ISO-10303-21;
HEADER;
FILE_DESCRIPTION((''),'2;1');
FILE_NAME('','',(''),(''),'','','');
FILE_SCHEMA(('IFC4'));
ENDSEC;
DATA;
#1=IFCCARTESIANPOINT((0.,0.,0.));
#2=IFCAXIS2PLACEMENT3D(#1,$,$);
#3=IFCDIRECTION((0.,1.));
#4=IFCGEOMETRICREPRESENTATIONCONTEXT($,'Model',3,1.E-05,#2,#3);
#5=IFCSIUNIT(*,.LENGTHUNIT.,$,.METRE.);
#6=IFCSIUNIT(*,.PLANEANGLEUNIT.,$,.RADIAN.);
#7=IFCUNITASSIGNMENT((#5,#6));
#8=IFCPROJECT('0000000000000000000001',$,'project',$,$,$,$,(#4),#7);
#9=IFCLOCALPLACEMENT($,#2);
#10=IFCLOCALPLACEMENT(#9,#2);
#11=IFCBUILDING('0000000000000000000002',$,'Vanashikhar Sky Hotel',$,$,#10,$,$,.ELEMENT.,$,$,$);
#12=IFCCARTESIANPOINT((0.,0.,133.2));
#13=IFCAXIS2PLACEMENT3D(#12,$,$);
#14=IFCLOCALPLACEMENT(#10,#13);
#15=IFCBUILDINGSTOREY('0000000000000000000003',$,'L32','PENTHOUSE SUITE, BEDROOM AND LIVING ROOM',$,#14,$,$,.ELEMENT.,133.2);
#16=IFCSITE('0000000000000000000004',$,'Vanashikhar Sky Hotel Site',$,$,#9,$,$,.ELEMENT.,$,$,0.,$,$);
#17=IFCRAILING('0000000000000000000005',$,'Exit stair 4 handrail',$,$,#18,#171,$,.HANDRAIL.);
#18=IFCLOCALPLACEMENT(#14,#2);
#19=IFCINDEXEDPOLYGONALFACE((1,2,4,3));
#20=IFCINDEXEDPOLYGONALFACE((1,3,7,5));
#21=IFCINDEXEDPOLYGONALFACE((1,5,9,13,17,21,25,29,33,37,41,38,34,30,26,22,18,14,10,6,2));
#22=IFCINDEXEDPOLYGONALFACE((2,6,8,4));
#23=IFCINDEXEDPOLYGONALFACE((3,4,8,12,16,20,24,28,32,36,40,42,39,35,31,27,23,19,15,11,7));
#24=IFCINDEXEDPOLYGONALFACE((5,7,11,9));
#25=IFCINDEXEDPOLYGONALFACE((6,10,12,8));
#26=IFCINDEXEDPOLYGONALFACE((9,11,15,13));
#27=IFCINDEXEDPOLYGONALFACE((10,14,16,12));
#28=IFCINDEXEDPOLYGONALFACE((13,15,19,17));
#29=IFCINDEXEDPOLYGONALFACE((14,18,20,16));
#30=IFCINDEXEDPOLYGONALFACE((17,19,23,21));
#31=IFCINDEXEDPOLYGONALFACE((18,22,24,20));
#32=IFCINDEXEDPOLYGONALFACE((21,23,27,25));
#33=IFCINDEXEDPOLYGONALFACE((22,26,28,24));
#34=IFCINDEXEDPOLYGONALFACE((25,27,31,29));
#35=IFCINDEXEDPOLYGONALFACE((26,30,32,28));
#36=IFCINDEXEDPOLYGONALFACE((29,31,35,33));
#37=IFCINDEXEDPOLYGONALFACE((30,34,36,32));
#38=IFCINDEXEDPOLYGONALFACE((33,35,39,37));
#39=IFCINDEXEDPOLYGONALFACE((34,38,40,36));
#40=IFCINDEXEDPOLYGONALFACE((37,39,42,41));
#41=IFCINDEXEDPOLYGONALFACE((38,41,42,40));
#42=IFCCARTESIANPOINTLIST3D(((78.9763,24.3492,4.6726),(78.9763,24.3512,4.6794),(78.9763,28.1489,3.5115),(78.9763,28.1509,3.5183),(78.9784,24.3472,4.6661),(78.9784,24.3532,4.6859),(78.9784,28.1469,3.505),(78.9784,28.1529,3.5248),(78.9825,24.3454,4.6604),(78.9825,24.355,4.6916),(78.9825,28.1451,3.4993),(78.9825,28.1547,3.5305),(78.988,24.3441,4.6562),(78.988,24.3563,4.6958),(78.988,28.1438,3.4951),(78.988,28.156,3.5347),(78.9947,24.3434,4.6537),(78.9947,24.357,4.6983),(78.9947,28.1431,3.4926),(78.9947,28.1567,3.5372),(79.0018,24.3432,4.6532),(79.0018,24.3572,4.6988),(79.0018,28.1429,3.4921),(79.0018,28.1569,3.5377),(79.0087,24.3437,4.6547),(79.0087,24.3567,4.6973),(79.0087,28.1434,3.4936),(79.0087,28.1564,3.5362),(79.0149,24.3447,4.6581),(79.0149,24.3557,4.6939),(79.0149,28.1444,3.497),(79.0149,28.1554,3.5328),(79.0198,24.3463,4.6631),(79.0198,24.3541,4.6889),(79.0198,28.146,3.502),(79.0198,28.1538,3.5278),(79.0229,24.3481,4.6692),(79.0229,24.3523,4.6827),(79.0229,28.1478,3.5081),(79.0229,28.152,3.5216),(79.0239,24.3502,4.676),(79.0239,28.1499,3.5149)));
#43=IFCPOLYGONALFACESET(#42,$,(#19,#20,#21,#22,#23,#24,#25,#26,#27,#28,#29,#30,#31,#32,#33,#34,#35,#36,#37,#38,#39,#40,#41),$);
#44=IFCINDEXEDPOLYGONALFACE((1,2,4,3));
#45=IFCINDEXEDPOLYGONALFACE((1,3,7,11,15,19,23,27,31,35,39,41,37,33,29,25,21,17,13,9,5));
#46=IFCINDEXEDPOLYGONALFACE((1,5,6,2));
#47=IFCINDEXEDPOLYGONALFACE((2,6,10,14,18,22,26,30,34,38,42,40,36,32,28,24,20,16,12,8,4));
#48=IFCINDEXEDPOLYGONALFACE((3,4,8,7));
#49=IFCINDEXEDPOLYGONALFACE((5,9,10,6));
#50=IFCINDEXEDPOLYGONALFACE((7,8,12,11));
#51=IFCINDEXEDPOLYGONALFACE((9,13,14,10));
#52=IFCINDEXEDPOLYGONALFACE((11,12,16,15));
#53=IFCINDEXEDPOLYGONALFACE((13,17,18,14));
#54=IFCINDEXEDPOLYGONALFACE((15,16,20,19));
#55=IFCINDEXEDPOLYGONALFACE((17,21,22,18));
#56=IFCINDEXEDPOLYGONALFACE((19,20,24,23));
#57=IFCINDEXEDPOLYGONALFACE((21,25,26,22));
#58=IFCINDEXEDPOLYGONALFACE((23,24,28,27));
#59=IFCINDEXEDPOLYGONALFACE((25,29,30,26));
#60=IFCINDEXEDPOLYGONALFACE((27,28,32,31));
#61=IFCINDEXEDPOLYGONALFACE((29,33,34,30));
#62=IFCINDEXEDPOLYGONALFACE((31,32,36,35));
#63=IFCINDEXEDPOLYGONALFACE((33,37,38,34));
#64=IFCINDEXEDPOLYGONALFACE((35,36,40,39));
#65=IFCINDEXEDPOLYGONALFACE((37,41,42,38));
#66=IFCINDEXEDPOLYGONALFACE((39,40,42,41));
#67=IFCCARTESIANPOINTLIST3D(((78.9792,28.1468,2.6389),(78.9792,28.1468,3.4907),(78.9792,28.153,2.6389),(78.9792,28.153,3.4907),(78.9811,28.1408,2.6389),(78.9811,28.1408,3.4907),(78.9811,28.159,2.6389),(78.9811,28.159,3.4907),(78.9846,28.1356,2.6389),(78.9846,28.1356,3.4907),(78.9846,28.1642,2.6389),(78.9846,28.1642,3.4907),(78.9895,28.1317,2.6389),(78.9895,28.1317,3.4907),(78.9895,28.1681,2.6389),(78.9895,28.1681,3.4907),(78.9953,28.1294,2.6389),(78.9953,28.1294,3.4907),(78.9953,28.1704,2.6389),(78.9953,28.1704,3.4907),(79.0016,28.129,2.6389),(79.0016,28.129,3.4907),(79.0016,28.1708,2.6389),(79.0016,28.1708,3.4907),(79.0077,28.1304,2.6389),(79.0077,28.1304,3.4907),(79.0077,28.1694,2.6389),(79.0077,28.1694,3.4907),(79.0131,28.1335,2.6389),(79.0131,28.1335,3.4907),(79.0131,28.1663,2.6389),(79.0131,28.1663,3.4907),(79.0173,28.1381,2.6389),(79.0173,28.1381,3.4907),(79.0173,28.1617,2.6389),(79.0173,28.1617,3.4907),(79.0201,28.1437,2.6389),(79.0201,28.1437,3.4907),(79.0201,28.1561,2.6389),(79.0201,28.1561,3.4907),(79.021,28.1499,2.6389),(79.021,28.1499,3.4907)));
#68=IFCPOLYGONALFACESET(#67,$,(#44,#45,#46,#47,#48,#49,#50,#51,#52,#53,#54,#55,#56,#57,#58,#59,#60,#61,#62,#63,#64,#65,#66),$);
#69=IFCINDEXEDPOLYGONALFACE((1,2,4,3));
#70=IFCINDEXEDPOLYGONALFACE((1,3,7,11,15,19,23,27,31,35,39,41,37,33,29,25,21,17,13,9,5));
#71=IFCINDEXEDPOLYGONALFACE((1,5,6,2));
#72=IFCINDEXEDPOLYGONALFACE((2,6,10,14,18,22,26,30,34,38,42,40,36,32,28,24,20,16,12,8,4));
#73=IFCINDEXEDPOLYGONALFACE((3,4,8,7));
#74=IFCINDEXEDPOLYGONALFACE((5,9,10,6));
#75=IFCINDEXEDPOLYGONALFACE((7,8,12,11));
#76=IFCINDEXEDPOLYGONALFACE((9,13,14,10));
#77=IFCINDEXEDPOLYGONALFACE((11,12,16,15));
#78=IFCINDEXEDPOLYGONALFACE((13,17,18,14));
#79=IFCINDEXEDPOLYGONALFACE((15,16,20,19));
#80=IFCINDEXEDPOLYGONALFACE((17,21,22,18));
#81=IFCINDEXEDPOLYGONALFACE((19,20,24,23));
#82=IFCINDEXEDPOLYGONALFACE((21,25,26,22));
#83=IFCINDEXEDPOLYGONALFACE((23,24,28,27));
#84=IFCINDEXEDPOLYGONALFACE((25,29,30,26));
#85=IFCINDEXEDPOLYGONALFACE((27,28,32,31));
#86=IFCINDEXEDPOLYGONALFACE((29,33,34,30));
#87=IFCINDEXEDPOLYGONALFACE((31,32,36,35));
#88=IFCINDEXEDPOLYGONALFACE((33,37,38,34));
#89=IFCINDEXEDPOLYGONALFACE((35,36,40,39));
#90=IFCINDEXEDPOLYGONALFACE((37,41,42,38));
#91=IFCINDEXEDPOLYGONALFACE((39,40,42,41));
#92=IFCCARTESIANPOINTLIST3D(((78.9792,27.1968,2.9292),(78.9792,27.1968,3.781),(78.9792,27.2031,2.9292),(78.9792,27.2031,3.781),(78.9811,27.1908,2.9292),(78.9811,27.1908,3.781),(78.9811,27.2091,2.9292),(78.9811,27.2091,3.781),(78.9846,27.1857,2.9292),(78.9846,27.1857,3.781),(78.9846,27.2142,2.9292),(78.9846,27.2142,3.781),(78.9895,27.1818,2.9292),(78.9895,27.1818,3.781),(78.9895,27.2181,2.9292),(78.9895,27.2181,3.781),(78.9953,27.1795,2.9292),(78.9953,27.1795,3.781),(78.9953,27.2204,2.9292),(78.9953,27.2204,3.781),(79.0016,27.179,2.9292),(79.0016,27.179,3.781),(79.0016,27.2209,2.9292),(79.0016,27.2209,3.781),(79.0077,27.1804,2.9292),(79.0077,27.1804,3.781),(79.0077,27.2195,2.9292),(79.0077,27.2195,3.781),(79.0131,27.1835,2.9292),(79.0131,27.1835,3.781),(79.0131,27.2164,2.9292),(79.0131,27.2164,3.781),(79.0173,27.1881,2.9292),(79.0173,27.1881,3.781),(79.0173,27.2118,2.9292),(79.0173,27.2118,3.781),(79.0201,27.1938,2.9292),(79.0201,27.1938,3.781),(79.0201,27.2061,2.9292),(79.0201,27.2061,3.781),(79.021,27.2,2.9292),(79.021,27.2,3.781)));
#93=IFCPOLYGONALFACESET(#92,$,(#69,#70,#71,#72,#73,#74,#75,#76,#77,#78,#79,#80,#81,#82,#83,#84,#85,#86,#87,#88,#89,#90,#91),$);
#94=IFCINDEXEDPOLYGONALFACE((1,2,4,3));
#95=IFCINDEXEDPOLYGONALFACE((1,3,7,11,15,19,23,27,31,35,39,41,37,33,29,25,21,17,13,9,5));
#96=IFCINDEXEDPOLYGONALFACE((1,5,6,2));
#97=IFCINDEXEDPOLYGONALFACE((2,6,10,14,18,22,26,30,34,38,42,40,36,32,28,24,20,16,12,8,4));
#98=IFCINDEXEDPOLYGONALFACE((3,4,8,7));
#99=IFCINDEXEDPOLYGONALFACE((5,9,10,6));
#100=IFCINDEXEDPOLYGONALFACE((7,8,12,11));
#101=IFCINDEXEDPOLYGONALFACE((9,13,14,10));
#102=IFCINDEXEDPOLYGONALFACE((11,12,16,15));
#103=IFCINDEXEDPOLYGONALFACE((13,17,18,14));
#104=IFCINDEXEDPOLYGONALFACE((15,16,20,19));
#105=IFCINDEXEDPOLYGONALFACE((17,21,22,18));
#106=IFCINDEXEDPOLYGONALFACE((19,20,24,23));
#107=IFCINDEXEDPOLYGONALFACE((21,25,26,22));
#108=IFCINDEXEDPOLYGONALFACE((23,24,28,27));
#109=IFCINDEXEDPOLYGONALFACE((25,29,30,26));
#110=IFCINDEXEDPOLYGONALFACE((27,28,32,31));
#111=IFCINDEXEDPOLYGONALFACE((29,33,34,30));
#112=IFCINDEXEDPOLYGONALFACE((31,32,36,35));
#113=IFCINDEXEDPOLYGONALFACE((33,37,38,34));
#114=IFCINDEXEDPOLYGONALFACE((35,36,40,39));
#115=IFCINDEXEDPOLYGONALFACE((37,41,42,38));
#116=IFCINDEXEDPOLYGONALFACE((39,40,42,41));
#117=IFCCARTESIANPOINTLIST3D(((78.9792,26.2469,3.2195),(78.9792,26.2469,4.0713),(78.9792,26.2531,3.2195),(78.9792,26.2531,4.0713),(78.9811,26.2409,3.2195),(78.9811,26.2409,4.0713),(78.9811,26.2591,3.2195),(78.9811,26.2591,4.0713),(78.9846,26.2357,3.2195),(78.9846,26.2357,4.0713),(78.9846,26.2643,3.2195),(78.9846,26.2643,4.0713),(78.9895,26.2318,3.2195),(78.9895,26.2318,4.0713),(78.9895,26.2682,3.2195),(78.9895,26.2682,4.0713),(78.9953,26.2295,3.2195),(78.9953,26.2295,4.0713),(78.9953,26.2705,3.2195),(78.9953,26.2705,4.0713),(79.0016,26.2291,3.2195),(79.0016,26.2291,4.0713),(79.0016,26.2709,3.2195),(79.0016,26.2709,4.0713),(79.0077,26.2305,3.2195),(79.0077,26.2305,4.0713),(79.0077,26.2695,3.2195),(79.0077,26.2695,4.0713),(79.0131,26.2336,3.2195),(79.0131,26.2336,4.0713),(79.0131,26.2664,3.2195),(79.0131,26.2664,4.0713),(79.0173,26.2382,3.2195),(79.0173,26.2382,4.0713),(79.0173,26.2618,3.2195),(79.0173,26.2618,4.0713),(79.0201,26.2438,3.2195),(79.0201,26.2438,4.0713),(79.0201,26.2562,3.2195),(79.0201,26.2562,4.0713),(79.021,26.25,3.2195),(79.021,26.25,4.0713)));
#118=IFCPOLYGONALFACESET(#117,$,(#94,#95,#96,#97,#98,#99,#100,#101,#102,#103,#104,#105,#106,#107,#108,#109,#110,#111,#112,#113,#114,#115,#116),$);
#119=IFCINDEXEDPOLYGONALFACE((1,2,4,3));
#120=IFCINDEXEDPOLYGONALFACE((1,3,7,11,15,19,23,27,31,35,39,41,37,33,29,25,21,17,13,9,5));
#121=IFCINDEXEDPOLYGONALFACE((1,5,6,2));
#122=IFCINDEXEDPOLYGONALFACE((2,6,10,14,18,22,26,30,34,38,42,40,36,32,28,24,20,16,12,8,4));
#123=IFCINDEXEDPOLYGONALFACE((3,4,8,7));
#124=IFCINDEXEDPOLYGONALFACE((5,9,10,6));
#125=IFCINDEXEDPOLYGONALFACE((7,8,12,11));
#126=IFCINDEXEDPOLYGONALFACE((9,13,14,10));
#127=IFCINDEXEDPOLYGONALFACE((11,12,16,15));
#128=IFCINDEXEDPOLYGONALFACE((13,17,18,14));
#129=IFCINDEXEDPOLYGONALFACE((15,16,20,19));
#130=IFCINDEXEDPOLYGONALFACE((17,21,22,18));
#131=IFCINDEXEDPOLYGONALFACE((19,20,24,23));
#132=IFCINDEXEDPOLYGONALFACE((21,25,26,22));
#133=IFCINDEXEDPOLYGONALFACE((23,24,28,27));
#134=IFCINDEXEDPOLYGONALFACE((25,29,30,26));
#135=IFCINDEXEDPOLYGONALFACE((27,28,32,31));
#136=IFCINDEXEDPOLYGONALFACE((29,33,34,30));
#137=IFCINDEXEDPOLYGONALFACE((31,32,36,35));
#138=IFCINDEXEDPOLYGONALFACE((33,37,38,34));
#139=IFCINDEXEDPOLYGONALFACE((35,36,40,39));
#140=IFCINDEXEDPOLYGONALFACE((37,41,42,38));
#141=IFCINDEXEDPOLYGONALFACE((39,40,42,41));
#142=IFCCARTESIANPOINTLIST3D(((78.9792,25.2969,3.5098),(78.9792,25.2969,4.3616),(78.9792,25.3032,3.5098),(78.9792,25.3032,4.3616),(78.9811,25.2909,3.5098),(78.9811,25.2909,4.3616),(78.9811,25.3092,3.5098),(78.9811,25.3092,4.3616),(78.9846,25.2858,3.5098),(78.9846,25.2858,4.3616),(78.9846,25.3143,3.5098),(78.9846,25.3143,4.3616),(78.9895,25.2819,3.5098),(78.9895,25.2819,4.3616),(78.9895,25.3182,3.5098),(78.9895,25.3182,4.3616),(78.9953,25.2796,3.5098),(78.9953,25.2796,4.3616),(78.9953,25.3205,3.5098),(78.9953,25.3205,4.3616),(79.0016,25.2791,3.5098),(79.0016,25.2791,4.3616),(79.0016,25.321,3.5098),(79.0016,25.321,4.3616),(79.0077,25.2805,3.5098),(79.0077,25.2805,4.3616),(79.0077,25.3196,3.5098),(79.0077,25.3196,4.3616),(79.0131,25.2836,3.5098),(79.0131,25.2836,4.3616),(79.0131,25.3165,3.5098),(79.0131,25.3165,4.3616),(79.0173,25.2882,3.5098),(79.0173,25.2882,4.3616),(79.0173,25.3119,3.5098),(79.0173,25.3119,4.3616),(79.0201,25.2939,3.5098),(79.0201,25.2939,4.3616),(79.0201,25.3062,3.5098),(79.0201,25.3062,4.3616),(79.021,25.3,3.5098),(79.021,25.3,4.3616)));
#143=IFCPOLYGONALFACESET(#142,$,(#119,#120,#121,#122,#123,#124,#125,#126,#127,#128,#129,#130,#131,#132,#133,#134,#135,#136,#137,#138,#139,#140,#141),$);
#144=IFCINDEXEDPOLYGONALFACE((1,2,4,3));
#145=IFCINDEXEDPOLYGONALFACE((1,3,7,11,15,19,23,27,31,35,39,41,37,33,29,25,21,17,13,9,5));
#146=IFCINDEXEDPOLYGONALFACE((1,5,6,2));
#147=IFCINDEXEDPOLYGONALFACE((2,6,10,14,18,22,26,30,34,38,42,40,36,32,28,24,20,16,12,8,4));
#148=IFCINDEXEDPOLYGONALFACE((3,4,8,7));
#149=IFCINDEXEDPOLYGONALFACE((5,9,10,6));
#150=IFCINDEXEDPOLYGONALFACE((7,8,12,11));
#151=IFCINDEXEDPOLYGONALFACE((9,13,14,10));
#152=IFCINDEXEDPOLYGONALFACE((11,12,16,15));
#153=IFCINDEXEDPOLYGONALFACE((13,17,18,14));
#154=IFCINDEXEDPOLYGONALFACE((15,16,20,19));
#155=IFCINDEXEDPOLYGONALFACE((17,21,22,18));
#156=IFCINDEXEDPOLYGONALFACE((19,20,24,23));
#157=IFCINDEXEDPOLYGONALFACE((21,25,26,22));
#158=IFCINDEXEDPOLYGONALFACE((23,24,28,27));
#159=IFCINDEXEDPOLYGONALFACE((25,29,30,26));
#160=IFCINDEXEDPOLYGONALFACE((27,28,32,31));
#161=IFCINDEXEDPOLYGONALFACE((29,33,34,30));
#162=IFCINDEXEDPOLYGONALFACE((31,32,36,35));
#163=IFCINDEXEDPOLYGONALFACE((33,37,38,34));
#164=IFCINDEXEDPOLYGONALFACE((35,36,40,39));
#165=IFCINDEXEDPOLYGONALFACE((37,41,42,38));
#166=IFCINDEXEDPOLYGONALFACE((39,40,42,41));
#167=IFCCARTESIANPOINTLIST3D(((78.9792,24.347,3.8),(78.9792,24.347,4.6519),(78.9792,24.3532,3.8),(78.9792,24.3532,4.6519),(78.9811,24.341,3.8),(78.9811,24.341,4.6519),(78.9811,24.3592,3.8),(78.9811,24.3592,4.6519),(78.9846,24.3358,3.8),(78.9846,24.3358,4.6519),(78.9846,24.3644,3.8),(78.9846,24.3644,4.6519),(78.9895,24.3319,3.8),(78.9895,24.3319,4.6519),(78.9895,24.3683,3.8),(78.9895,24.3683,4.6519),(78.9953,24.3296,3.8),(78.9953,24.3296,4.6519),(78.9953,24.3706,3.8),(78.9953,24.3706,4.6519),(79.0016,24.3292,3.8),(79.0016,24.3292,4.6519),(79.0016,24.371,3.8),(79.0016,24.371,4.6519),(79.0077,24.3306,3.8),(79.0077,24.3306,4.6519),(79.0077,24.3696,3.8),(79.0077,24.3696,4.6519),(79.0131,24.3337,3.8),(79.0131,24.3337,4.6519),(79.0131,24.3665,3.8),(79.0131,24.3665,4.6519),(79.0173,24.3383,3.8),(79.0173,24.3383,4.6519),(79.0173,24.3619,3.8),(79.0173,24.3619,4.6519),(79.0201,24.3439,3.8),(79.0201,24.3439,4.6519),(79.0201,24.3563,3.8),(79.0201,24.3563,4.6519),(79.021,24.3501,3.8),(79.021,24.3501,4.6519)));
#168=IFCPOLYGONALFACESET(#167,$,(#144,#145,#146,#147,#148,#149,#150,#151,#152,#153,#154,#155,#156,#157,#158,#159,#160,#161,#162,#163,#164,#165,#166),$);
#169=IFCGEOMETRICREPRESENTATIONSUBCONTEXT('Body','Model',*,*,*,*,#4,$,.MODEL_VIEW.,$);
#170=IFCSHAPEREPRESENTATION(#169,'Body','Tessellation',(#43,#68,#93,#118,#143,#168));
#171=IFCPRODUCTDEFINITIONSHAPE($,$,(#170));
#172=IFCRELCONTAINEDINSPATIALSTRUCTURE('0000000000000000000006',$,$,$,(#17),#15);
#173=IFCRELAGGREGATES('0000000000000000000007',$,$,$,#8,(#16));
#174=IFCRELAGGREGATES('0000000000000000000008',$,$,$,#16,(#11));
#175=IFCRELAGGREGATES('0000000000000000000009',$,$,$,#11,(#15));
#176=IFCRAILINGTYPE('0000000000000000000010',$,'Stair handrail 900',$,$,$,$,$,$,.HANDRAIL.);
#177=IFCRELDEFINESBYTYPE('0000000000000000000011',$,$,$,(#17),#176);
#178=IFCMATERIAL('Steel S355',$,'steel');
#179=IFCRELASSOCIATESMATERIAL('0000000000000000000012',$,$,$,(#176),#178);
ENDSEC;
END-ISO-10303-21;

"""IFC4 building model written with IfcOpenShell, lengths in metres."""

from ifc_helpers import new_model, si_unit, direction, frame, origin, origin_2d, place, context, subcontext, project, spatial, circle, extrude, source, transform, mapped, material, type_object, element, save


model = new_model("IFC4")

# Units and contexts
model_context = context("Model", 3, precision=1e-05, world=origin(), true_north=direction((0.0, 1.0)))
body_context = subcontext(model_context, "Body", "Model", "MODEL_VIEW")
ifc_project = project(units=[si_unit("LENGTHUNIT", "METRE"), si_unit("PLANEANGLEUNIT", "RADIAN")], contexts=[model_context])

# Site, building, storey
site_placement = place(None, origin())
site = spatial("IfcSite", under=ifc_project, at=site_placement, Name="Vanashikhar Sky Hotel Site", CompositionType="ELEMENT", RefElevation=0.0)
building_placement = place(site_placement, origin())
building = spatial("IfcBuilding", under=site, at=building_placement, Name="Vanashikhar Sky Hotel", CompositionType="ELEMENT")
storey_placement = place(building_placement, frame((0.0, 0.0, 133.2)))
storey = spatial("IfcBuildingStorey", under=building, at=storey_placement, Name="L32", Description="PENTHOUSE SUITE, BEDROOM AND LIVING ROOM", CompositionType="ELEMENT", Elevation=133.2)

# Railing
ifc_material_1 = material(Name="Steel S355", Category="steel")
railing_type_1 = type_object("IfcRailingType", Name="Stair handrail 900", PredefinedType="HANDRAIL", material=ifc_material_1)
shared_shape_1 = source(origin(), body_context, "Body", "SweptSolid", [
    extrude(circle(Radius=0.0239, at=origin_2d()), frame((0.0, 0.0, 0.876), z_axis=(0.0, -0.956346, 0.292237), x_axis=(1.0, 0.0, 0.0)), (0.0, 0.0, 1.0), 3.9731),
    extrude(circle(Radius=0.021, at=origin_2d()), origin(), (0.0, 0.0, 1.0), 0.8518),
    extrude(circle(Radius=0.021, at=origin_2d()), frame((0.0, -0.95, 0.2903)), (0.0, 0.0, 1.0), 0.8518),
    extrude(circle(Radius=0.021, at=origin_2d()), frame((0.0, -1.8999, 0.5806)), (0.0, 0.0, 1.0), 0.8518),
    extrude(circle(Radius=0.021, at=origin_2d()), frame((0.0, -2.8499, 0.8708)), (0.0, 0.0, 1.0), 0.8518),
    extrude(circle(Radius=0.021, at=origin_2d()), frame((0.0, -3.7998, 1.1611)), (0.0, 0.0, 1.0), 0.8518),
])
railing_1_placement = place(storey_placement, frame((79.0, 28.1499, 2.6389)))
element("IfcRailing", 1, at=railing_1_placement, inside=storey, type_object=railing_type_1, Name="Exit stair 4 handrail", PredefinedType="HANDRAIL", context=body_context, shape_type="MappedRepresentation", body=[
    mapped(shared_shape_1, transform((0.0, 0.0, 0.0), scale=1.0)),
])

save(model, "model.ifc")
